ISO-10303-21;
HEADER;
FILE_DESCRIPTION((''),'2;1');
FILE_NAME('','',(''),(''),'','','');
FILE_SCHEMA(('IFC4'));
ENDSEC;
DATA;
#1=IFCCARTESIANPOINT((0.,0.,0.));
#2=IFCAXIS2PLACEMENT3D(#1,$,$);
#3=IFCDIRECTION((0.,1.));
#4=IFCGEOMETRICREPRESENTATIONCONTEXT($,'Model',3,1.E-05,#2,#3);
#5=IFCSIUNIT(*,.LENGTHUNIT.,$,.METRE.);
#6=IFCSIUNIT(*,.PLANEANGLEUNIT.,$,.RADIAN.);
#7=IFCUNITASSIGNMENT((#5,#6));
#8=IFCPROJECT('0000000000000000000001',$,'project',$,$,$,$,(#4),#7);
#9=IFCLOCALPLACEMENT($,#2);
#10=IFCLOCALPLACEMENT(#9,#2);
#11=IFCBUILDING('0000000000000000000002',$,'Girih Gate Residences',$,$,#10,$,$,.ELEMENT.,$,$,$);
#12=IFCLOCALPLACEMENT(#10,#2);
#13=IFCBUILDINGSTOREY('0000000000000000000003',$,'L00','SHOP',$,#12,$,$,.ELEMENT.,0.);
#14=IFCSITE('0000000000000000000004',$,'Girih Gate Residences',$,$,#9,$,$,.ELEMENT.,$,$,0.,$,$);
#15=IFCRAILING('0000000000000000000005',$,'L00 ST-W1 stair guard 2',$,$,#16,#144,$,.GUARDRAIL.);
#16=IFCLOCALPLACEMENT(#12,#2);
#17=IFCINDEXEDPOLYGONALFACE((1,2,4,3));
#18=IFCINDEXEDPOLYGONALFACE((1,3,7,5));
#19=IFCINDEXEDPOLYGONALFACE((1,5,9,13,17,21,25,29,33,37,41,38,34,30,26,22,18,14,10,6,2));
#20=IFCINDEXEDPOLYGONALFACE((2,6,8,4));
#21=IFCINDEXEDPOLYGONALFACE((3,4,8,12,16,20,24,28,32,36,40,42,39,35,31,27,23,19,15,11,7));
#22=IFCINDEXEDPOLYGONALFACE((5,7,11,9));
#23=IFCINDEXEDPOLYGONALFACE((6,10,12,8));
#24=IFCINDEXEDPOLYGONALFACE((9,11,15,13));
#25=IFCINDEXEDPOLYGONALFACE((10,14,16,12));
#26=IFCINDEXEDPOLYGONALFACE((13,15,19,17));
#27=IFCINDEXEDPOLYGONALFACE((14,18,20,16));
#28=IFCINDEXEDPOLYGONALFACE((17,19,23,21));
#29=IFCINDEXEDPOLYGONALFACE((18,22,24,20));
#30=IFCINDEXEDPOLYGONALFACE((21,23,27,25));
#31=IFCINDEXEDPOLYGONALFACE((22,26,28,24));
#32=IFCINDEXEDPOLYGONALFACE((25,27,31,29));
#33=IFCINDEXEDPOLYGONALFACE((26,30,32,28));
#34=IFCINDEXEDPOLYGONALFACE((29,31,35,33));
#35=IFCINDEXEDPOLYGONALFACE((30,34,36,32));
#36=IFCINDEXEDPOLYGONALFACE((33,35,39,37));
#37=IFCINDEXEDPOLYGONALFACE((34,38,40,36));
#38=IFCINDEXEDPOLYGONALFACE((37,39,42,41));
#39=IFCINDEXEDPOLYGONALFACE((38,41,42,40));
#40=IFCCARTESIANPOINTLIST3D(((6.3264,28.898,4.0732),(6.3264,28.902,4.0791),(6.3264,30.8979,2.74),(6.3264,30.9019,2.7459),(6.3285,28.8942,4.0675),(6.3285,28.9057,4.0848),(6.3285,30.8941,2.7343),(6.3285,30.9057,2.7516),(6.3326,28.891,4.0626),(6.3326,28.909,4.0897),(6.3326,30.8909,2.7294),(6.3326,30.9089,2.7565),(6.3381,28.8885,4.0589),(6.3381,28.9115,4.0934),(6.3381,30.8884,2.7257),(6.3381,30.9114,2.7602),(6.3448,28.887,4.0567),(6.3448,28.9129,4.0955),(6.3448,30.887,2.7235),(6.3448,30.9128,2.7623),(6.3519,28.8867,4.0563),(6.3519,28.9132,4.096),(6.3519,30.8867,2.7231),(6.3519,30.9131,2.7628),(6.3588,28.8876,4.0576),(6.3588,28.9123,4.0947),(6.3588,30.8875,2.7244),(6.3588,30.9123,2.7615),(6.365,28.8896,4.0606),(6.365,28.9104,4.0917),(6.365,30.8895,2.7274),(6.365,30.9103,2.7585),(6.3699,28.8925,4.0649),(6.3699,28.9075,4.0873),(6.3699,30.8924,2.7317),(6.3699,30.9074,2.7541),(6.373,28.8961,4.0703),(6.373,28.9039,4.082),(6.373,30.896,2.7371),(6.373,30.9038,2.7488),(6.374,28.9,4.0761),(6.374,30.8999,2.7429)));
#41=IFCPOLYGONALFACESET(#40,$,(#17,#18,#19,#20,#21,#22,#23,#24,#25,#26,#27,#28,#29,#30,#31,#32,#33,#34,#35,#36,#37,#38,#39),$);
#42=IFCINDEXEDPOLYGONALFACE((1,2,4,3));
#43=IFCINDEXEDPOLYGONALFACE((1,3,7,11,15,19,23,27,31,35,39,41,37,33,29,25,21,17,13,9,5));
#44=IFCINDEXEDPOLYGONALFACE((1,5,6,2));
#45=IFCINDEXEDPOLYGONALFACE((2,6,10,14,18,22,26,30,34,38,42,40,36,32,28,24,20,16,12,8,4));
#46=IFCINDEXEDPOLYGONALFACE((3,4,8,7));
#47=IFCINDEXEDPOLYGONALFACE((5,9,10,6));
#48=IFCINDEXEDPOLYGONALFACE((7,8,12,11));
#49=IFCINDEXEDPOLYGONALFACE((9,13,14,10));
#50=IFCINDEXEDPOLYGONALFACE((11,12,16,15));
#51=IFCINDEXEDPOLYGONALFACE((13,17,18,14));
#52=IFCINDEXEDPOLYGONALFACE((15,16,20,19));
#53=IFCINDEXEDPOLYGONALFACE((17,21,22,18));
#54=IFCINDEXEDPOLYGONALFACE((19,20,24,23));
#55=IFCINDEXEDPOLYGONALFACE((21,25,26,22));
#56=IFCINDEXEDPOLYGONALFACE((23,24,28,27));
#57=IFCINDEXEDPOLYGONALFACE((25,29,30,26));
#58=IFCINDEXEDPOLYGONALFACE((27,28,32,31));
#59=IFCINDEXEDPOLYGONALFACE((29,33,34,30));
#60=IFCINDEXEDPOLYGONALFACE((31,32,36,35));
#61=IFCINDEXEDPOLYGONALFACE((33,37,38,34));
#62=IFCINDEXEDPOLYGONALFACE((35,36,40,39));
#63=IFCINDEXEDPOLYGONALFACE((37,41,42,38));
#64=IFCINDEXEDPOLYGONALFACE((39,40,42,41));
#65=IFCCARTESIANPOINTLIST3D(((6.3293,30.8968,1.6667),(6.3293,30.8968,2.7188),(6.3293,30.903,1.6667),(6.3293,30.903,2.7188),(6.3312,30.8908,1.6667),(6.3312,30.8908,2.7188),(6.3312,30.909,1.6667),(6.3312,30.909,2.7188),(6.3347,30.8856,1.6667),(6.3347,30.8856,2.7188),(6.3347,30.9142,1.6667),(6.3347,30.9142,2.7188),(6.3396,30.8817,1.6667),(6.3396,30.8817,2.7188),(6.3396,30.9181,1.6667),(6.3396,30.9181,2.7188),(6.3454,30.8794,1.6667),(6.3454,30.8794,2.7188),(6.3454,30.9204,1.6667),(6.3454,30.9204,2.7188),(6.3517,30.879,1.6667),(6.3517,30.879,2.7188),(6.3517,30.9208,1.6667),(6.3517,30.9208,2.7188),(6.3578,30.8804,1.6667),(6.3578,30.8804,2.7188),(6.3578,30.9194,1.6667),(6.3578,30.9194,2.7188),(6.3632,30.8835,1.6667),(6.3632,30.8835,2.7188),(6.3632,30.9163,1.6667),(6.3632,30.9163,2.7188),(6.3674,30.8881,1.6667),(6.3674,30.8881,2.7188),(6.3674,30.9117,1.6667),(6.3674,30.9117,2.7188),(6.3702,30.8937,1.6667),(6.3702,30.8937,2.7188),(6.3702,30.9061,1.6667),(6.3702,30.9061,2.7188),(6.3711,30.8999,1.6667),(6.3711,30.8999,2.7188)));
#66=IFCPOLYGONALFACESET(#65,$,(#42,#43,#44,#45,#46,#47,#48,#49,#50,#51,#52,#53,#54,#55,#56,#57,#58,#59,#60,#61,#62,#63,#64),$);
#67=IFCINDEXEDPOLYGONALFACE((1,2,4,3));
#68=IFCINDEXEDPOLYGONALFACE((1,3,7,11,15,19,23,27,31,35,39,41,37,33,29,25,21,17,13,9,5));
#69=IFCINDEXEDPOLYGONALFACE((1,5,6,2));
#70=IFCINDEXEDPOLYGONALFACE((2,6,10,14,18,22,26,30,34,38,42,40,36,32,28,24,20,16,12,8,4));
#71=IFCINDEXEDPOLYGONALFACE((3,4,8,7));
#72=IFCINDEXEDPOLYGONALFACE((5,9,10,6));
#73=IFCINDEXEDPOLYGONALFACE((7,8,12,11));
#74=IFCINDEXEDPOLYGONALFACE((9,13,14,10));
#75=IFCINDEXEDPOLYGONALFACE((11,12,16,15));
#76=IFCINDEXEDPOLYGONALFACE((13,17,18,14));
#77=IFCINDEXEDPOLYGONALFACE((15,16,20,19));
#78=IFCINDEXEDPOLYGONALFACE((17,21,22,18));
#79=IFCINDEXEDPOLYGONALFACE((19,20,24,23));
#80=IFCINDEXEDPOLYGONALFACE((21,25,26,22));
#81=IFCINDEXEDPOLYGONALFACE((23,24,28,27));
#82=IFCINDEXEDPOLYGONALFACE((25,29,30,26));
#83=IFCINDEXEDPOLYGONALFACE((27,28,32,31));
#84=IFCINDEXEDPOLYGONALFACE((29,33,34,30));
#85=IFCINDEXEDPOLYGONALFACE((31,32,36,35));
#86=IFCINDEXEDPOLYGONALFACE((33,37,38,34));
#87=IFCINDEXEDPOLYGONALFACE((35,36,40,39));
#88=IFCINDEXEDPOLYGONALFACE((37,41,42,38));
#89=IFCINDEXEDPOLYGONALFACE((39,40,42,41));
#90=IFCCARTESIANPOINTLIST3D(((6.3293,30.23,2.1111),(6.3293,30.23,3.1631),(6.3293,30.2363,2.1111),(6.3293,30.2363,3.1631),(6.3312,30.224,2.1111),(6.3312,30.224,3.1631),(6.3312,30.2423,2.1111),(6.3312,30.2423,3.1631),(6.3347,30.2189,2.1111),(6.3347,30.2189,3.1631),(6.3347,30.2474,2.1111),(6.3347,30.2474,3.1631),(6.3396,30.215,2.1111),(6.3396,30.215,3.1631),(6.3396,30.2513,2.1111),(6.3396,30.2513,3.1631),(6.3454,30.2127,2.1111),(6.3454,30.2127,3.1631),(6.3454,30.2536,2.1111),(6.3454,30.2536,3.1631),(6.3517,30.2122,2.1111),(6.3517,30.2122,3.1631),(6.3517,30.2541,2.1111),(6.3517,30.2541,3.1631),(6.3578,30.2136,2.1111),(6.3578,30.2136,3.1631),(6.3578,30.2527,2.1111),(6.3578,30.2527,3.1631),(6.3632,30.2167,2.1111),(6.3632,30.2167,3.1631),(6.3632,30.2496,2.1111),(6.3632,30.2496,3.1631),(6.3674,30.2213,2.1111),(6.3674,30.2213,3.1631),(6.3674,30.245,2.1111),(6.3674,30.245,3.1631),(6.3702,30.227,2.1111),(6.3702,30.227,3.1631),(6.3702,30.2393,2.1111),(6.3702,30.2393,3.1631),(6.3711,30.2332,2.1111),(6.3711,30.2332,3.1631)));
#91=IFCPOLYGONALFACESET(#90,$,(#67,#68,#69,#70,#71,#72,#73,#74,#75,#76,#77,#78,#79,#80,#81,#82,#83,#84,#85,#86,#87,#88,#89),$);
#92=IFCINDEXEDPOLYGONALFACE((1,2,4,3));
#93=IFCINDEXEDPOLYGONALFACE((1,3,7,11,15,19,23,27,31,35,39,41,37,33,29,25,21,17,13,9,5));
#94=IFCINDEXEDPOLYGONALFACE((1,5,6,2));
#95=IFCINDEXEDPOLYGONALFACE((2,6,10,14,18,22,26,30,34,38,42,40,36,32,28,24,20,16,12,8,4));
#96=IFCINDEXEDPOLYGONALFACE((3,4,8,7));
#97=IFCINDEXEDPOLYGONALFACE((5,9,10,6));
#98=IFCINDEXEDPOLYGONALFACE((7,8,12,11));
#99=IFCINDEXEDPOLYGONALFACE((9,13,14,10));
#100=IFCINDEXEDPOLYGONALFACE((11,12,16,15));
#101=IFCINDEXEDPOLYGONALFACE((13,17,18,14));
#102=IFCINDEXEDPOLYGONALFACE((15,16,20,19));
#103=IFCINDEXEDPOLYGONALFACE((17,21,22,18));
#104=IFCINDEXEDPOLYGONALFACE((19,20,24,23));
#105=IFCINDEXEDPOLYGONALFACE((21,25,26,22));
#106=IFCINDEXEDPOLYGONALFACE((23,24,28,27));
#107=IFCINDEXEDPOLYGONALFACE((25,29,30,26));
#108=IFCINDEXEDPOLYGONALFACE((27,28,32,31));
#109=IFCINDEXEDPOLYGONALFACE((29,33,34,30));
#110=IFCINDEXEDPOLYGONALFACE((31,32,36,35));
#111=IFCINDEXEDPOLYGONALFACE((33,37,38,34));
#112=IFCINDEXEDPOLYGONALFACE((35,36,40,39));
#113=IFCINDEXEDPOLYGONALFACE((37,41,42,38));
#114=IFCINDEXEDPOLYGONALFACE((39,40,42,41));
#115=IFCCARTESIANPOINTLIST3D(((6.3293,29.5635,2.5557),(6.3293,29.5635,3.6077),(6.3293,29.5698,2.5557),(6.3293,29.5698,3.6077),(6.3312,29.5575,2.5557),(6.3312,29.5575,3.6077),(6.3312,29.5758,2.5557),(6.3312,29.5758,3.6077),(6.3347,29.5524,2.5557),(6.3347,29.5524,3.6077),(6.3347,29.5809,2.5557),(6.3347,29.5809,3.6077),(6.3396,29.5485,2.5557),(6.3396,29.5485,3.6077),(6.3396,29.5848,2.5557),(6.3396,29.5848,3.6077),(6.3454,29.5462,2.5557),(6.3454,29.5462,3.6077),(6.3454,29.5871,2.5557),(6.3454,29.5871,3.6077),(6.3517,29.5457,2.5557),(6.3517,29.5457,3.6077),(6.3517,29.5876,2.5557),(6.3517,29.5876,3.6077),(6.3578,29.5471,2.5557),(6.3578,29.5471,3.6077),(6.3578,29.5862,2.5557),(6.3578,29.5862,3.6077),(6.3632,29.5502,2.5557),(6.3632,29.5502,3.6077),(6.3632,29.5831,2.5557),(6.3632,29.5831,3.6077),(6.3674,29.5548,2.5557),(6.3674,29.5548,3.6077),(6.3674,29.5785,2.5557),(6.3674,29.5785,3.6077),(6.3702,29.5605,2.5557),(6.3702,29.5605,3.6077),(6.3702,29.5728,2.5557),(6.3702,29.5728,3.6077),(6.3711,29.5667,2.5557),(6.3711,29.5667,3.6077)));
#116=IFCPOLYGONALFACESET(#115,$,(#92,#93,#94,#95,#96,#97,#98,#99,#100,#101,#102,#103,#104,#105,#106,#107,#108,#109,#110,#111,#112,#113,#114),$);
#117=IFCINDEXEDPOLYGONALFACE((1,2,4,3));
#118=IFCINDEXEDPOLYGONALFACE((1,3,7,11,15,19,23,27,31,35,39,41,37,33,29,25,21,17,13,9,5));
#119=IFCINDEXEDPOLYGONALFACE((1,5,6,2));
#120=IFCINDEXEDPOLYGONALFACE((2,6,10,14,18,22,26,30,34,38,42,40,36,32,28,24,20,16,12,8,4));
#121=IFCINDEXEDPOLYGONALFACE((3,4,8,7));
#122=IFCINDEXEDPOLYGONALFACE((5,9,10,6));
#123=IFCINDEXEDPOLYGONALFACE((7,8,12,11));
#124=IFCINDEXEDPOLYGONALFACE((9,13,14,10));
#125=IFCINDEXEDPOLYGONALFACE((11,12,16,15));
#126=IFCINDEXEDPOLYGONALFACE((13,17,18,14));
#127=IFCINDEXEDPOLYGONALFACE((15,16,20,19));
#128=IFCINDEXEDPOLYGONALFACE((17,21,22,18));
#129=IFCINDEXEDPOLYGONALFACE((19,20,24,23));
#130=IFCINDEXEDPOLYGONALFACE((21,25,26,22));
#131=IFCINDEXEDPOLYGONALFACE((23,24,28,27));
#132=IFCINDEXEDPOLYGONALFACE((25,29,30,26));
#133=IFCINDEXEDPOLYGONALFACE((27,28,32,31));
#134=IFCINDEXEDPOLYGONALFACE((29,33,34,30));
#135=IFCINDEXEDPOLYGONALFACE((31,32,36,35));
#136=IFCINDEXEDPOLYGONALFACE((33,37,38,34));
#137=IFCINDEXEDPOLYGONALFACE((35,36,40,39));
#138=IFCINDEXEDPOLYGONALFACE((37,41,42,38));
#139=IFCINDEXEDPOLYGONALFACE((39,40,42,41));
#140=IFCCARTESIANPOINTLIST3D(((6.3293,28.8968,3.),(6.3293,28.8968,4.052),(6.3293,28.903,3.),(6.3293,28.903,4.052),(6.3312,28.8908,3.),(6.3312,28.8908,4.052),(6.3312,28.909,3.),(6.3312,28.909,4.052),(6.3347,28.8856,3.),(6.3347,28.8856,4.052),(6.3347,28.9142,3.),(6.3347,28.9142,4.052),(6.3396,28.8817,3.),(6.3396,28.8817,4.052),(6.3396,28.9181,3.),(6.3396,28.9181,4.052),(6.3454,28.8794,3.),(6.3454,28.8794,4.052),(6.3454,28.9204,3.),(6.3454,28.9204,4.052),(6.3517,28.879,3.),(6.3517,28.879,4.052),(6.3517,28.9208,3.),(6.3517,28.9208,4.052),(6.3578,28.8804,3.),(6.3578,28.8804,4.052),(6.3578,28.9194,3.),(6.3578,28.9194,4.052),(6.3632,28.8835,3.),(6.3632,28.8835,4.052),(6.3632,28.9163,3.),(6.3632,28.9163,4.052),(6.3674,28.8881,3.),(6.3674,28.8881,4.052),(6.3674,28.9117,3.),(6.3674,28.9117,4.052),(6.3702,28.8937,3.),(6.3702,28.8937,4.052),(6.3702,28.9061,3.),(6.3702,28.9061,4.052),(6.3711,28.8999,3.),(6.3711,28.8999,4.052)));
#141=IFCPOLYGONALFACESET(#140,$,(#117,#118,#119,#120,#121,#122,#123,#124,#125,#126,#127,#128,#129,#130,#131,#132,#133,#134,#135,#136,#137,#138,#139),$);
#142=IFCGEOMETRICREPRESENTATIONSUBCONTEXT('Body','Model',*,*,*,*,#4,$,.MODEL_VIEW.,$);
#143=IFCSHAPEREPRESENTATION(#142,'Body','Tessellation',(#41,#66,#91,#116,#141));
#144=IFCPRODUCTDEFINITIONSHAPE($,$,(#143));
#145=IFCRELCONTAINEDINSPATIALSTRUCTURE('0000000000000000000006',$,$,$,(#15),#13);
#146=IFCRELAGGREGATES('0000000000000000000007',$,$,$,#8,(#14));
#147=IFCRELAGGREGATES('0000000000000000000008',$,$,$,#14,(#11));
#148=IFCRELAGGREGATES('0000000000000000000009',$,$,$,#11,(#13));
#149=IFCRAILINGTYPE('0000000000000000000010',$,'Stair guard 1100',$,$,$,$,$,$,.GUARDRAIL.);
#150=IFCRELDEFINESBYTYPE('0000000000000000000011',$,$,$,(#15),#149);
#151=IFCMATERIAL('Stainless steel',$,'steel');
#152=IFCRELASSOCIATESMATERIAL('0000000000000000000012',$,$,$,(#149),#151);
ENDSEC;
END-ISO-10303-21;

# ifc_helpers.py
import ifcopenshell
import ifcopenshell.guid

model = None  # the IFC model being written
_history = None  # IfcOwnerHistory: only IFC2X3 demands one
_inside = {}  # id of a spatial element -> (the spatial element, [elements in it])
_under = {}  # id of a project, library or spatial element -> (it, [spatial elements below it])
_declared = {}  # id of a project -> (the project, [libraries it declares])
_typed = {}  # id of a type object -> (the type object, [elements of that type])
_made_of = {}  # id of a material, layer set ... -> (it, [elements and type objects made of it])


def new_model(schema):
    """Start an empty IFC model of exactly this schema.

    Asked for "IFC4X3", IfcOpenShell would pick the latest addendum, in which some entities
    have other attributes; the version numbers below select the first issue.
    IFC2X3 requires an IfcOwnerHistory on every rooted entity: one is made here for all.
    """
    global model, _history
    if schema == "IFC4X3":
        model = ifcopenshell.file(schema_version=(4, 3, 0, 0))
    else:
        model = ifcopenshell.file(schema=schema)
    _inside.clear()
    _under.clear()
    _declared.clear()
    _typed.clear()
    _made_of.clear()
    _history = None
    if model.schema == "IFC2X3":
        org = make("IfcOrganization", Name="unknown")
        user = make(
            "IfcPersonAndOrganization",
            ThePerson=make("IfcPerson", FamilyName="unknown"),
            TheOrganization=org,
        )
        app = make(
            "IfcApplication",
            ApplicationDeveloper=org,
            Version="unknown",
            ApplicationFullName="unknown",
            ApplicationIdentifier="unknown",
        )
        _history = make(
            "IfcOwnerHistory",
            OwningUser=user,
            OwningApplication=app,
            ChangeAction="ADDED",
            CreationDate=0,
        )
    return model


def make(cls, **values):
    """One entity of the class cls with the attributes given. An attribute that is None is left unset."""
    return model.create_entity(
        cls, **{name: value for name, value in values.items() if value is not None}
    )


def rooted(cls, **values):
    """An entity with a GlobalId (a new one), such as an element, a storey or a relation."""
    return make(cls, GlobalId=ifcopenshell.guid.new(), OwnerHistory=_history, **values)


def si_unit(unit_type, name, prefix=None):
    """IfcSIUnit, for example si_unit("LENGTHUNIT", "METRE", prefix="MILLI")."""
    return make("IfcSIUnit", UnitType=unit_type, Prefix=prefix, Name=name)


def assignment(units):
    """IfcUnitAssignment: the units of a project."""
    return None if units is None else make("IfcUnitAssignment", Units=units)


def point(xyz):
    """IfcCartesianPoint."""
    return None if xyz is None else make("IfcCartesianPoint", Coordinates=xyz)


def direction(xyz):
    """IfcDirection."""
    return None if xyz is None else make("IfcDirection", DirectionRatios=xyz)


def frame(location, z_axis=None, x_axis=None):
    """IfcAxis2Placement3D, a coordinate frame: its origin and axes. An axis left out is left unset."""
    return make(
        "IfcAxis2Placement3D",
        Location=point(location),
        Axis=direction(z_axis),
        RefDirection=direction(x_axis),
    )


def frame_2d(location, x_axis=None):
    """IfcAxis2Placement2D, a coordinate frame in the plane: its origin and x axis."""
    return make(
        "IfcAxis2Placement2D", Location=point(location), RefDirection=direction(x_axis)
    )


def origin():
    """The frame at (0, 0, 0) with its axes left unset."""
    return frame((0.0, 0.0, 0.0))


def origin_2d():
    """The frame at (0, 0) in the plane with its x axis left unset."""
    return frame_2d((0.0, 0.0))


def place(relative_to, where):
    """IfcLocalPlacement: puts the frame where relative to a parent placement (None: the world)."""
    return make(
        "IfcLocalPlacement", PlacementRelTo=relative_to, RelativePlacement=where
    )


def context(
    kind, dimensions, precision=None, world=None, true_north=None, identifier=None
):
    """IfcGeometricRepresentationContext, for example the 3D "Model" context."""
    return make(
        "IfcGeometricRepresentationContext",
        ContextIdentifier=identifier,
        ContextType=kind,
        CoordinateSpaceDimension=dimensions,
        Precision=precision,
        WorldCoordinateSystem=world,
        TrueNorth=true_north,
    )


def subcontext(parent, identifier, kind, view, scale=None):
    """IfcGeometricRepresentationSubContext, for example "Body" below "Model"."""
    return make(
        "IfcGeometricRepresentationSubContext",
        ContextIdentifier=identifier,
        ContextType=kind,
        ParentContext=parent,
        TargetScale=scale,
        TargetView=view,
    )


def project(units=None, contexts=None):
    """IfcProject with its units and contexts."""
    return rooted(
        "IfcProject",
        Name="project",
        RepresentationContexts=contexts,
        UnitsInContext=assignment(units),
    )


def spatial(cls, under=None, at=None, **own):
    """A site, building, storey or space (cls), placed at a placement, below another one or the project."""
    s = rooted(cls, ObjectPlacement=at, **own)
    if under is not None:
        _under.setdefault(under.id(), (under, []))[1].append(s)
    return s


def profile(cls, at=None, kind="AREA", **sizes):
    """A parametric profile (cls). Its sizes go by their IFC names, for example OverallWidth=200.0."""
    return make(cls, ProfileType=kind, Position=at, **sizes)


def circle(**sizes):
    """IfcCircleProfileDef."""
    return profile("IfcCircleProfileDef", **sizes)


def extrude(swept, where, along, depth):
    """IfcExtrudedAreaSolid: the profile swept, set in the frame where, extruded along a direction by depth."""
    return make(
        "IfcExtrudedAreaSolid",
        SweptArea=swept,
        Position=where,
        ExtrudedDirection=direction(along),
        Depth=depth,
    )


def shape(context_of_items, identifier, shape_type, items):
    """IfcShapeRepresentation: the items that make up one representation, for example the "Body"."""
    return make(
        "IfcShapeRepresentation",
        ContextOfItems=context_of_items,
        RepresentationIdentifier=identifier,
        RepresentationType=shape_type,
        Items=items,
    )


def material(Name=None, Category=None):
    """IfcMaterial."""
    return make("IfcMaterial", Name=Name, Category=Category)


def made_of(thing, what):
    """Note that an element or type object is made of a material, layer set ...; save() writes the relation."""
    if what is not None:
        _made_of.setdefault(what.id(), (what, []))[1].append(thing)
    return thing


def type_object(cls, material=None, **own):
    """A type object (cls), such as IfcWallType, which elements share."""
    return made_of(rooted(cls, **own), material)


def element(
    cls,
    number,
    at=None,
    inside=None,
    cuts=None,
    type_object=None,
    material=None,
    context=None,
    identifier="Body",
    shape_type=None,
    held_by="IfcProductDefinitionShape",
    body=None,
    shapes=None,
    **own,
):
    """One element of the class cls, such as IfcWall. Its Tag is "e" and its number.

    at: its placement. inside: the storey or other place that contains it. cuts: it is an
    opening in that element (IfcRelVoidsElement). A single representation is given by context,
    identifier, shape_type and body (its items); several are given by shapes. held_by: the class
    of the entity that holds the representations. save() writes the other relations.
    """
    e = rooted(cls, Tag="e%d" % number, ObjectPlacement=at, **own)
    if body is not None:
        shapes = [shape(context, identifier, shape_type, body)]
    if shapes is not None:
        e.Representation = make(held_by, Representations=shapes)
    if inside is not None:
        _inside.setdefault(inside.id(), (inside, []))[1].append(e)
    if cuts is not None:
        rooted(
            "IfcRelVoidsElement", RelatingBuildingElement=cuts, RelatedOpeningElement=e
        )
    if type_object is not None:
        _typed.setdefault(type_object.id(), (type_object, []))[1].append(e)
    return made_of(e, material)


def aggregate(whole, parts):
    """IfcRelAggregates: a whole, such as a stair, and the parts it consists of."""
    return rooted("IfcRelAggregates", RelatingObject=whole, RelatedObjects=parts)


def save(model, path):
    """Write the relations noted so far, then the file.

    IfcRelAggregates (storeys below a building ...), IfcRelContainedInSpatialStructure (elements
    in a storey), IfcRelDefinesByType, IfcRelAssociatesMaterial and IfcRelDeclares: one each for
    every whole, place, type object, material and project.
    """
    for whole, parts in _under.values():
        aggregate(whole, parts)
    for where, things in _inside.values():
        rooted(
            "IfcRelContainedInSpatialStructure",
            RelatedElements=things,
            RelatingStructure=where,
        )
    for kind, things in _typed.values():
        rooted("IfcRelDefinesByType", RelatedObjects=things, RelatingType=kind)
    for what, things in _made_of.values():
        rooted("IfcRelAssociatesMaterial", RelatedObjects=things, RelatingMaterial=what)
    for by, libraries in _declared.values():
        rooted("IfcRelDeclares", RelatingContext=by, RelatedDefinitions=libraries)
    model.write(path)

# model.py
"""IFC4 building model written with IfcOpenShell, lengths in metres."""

from ifc_helpers import new_model, si_unit, direction, frame, origin, origin_2d, place, context, subcontext, project, spatial, circle, extrude, material, type_object, element, save


model = new_model("IFC4")

# Units and contexts
model_context = context("Model", 3, precision=1e-05, world=origin(), true_north=direction((0.0, 1.0)))
body_context = subcontext(model_context, "Body", "Model", "MODEL_VIEW")
ifc_project = project(units=[si_unit("LENGTHUNIT", "METRE"), si_unit("PLANEANGLEUNIT", "RADIAN")], contexts=[model_context])

# Site, building, storey
site_placement = place(None, origin())
site = spatial("IfcSite", under=ifc_project, at=site_placement, Name="Girih Gate Residences", CompositionType="ELEMENT", RefElevation=0.0)
building_placement = place(site_placement, origin())
building = spatial("IfcBuilding", under=site, at=building_placement, Name="Girih Gate Residences", CompositionType="ELEMENT")
storey_placement = place(building_placement, origin())
storey = spatial("IfcBuildingStorey", under=building, at=storey_placement, Name="L00", Description="SHOP", CompositionType="ELEMENT", Elevation=0.0)

# Railing
ifc_material_1 = material(Name="Stainless steel", Category="steel")
railing_type_1 = type_object("IfcRailingType", Name="Stair guard 1100", PredefinedType="GUARDRAIL", material=ifc_material_1)
railing_1_placement = place(storey_placement, frame((6.3501, 30.8999, 1.6667)))
element("IfcRailing", 1, at=railing_1_placement, inside=storey, type_object=railing_type_1, Name="L00 ST-W1 stair guard 2", PredefinedType="GUARDRAIL", context=body_context, shape_type="SweptSolid", body=[
    extrude(circle(Radius=0.0239, at=origin_2d()), frame((0.0, 0.0, 1.0762), z_axis=(0.0, -0.832066, 0.554677), x_axis=(1.0, 0.0, 0.0)), (0.0, 0.0, 1.0), 2.4036),
    extrude(circle(Radius=0.021, at=origin_2d()), origin(), (0.0, 0.0, 1.0), 1.052),
    extrude(circle(Radius=0.021, at=origin_2d()), frame((0.0, -0.6667, 0.4443)), (0.0, 0.0, 1.0), 1.052),
    extrude(circle(Radius=0.021, at=origin_2d()), frame((0.0, -1.3333, 0.8889)), (0.0, 0.0, 1.0), 1.052),
    extrude(circle(Radius=0.021, at=origin_2d()), frame((0.0, -2.0, 1.3333)), (0.0, 0.0, 1.0), 1.052),
])

save(model, "model.ifc")
